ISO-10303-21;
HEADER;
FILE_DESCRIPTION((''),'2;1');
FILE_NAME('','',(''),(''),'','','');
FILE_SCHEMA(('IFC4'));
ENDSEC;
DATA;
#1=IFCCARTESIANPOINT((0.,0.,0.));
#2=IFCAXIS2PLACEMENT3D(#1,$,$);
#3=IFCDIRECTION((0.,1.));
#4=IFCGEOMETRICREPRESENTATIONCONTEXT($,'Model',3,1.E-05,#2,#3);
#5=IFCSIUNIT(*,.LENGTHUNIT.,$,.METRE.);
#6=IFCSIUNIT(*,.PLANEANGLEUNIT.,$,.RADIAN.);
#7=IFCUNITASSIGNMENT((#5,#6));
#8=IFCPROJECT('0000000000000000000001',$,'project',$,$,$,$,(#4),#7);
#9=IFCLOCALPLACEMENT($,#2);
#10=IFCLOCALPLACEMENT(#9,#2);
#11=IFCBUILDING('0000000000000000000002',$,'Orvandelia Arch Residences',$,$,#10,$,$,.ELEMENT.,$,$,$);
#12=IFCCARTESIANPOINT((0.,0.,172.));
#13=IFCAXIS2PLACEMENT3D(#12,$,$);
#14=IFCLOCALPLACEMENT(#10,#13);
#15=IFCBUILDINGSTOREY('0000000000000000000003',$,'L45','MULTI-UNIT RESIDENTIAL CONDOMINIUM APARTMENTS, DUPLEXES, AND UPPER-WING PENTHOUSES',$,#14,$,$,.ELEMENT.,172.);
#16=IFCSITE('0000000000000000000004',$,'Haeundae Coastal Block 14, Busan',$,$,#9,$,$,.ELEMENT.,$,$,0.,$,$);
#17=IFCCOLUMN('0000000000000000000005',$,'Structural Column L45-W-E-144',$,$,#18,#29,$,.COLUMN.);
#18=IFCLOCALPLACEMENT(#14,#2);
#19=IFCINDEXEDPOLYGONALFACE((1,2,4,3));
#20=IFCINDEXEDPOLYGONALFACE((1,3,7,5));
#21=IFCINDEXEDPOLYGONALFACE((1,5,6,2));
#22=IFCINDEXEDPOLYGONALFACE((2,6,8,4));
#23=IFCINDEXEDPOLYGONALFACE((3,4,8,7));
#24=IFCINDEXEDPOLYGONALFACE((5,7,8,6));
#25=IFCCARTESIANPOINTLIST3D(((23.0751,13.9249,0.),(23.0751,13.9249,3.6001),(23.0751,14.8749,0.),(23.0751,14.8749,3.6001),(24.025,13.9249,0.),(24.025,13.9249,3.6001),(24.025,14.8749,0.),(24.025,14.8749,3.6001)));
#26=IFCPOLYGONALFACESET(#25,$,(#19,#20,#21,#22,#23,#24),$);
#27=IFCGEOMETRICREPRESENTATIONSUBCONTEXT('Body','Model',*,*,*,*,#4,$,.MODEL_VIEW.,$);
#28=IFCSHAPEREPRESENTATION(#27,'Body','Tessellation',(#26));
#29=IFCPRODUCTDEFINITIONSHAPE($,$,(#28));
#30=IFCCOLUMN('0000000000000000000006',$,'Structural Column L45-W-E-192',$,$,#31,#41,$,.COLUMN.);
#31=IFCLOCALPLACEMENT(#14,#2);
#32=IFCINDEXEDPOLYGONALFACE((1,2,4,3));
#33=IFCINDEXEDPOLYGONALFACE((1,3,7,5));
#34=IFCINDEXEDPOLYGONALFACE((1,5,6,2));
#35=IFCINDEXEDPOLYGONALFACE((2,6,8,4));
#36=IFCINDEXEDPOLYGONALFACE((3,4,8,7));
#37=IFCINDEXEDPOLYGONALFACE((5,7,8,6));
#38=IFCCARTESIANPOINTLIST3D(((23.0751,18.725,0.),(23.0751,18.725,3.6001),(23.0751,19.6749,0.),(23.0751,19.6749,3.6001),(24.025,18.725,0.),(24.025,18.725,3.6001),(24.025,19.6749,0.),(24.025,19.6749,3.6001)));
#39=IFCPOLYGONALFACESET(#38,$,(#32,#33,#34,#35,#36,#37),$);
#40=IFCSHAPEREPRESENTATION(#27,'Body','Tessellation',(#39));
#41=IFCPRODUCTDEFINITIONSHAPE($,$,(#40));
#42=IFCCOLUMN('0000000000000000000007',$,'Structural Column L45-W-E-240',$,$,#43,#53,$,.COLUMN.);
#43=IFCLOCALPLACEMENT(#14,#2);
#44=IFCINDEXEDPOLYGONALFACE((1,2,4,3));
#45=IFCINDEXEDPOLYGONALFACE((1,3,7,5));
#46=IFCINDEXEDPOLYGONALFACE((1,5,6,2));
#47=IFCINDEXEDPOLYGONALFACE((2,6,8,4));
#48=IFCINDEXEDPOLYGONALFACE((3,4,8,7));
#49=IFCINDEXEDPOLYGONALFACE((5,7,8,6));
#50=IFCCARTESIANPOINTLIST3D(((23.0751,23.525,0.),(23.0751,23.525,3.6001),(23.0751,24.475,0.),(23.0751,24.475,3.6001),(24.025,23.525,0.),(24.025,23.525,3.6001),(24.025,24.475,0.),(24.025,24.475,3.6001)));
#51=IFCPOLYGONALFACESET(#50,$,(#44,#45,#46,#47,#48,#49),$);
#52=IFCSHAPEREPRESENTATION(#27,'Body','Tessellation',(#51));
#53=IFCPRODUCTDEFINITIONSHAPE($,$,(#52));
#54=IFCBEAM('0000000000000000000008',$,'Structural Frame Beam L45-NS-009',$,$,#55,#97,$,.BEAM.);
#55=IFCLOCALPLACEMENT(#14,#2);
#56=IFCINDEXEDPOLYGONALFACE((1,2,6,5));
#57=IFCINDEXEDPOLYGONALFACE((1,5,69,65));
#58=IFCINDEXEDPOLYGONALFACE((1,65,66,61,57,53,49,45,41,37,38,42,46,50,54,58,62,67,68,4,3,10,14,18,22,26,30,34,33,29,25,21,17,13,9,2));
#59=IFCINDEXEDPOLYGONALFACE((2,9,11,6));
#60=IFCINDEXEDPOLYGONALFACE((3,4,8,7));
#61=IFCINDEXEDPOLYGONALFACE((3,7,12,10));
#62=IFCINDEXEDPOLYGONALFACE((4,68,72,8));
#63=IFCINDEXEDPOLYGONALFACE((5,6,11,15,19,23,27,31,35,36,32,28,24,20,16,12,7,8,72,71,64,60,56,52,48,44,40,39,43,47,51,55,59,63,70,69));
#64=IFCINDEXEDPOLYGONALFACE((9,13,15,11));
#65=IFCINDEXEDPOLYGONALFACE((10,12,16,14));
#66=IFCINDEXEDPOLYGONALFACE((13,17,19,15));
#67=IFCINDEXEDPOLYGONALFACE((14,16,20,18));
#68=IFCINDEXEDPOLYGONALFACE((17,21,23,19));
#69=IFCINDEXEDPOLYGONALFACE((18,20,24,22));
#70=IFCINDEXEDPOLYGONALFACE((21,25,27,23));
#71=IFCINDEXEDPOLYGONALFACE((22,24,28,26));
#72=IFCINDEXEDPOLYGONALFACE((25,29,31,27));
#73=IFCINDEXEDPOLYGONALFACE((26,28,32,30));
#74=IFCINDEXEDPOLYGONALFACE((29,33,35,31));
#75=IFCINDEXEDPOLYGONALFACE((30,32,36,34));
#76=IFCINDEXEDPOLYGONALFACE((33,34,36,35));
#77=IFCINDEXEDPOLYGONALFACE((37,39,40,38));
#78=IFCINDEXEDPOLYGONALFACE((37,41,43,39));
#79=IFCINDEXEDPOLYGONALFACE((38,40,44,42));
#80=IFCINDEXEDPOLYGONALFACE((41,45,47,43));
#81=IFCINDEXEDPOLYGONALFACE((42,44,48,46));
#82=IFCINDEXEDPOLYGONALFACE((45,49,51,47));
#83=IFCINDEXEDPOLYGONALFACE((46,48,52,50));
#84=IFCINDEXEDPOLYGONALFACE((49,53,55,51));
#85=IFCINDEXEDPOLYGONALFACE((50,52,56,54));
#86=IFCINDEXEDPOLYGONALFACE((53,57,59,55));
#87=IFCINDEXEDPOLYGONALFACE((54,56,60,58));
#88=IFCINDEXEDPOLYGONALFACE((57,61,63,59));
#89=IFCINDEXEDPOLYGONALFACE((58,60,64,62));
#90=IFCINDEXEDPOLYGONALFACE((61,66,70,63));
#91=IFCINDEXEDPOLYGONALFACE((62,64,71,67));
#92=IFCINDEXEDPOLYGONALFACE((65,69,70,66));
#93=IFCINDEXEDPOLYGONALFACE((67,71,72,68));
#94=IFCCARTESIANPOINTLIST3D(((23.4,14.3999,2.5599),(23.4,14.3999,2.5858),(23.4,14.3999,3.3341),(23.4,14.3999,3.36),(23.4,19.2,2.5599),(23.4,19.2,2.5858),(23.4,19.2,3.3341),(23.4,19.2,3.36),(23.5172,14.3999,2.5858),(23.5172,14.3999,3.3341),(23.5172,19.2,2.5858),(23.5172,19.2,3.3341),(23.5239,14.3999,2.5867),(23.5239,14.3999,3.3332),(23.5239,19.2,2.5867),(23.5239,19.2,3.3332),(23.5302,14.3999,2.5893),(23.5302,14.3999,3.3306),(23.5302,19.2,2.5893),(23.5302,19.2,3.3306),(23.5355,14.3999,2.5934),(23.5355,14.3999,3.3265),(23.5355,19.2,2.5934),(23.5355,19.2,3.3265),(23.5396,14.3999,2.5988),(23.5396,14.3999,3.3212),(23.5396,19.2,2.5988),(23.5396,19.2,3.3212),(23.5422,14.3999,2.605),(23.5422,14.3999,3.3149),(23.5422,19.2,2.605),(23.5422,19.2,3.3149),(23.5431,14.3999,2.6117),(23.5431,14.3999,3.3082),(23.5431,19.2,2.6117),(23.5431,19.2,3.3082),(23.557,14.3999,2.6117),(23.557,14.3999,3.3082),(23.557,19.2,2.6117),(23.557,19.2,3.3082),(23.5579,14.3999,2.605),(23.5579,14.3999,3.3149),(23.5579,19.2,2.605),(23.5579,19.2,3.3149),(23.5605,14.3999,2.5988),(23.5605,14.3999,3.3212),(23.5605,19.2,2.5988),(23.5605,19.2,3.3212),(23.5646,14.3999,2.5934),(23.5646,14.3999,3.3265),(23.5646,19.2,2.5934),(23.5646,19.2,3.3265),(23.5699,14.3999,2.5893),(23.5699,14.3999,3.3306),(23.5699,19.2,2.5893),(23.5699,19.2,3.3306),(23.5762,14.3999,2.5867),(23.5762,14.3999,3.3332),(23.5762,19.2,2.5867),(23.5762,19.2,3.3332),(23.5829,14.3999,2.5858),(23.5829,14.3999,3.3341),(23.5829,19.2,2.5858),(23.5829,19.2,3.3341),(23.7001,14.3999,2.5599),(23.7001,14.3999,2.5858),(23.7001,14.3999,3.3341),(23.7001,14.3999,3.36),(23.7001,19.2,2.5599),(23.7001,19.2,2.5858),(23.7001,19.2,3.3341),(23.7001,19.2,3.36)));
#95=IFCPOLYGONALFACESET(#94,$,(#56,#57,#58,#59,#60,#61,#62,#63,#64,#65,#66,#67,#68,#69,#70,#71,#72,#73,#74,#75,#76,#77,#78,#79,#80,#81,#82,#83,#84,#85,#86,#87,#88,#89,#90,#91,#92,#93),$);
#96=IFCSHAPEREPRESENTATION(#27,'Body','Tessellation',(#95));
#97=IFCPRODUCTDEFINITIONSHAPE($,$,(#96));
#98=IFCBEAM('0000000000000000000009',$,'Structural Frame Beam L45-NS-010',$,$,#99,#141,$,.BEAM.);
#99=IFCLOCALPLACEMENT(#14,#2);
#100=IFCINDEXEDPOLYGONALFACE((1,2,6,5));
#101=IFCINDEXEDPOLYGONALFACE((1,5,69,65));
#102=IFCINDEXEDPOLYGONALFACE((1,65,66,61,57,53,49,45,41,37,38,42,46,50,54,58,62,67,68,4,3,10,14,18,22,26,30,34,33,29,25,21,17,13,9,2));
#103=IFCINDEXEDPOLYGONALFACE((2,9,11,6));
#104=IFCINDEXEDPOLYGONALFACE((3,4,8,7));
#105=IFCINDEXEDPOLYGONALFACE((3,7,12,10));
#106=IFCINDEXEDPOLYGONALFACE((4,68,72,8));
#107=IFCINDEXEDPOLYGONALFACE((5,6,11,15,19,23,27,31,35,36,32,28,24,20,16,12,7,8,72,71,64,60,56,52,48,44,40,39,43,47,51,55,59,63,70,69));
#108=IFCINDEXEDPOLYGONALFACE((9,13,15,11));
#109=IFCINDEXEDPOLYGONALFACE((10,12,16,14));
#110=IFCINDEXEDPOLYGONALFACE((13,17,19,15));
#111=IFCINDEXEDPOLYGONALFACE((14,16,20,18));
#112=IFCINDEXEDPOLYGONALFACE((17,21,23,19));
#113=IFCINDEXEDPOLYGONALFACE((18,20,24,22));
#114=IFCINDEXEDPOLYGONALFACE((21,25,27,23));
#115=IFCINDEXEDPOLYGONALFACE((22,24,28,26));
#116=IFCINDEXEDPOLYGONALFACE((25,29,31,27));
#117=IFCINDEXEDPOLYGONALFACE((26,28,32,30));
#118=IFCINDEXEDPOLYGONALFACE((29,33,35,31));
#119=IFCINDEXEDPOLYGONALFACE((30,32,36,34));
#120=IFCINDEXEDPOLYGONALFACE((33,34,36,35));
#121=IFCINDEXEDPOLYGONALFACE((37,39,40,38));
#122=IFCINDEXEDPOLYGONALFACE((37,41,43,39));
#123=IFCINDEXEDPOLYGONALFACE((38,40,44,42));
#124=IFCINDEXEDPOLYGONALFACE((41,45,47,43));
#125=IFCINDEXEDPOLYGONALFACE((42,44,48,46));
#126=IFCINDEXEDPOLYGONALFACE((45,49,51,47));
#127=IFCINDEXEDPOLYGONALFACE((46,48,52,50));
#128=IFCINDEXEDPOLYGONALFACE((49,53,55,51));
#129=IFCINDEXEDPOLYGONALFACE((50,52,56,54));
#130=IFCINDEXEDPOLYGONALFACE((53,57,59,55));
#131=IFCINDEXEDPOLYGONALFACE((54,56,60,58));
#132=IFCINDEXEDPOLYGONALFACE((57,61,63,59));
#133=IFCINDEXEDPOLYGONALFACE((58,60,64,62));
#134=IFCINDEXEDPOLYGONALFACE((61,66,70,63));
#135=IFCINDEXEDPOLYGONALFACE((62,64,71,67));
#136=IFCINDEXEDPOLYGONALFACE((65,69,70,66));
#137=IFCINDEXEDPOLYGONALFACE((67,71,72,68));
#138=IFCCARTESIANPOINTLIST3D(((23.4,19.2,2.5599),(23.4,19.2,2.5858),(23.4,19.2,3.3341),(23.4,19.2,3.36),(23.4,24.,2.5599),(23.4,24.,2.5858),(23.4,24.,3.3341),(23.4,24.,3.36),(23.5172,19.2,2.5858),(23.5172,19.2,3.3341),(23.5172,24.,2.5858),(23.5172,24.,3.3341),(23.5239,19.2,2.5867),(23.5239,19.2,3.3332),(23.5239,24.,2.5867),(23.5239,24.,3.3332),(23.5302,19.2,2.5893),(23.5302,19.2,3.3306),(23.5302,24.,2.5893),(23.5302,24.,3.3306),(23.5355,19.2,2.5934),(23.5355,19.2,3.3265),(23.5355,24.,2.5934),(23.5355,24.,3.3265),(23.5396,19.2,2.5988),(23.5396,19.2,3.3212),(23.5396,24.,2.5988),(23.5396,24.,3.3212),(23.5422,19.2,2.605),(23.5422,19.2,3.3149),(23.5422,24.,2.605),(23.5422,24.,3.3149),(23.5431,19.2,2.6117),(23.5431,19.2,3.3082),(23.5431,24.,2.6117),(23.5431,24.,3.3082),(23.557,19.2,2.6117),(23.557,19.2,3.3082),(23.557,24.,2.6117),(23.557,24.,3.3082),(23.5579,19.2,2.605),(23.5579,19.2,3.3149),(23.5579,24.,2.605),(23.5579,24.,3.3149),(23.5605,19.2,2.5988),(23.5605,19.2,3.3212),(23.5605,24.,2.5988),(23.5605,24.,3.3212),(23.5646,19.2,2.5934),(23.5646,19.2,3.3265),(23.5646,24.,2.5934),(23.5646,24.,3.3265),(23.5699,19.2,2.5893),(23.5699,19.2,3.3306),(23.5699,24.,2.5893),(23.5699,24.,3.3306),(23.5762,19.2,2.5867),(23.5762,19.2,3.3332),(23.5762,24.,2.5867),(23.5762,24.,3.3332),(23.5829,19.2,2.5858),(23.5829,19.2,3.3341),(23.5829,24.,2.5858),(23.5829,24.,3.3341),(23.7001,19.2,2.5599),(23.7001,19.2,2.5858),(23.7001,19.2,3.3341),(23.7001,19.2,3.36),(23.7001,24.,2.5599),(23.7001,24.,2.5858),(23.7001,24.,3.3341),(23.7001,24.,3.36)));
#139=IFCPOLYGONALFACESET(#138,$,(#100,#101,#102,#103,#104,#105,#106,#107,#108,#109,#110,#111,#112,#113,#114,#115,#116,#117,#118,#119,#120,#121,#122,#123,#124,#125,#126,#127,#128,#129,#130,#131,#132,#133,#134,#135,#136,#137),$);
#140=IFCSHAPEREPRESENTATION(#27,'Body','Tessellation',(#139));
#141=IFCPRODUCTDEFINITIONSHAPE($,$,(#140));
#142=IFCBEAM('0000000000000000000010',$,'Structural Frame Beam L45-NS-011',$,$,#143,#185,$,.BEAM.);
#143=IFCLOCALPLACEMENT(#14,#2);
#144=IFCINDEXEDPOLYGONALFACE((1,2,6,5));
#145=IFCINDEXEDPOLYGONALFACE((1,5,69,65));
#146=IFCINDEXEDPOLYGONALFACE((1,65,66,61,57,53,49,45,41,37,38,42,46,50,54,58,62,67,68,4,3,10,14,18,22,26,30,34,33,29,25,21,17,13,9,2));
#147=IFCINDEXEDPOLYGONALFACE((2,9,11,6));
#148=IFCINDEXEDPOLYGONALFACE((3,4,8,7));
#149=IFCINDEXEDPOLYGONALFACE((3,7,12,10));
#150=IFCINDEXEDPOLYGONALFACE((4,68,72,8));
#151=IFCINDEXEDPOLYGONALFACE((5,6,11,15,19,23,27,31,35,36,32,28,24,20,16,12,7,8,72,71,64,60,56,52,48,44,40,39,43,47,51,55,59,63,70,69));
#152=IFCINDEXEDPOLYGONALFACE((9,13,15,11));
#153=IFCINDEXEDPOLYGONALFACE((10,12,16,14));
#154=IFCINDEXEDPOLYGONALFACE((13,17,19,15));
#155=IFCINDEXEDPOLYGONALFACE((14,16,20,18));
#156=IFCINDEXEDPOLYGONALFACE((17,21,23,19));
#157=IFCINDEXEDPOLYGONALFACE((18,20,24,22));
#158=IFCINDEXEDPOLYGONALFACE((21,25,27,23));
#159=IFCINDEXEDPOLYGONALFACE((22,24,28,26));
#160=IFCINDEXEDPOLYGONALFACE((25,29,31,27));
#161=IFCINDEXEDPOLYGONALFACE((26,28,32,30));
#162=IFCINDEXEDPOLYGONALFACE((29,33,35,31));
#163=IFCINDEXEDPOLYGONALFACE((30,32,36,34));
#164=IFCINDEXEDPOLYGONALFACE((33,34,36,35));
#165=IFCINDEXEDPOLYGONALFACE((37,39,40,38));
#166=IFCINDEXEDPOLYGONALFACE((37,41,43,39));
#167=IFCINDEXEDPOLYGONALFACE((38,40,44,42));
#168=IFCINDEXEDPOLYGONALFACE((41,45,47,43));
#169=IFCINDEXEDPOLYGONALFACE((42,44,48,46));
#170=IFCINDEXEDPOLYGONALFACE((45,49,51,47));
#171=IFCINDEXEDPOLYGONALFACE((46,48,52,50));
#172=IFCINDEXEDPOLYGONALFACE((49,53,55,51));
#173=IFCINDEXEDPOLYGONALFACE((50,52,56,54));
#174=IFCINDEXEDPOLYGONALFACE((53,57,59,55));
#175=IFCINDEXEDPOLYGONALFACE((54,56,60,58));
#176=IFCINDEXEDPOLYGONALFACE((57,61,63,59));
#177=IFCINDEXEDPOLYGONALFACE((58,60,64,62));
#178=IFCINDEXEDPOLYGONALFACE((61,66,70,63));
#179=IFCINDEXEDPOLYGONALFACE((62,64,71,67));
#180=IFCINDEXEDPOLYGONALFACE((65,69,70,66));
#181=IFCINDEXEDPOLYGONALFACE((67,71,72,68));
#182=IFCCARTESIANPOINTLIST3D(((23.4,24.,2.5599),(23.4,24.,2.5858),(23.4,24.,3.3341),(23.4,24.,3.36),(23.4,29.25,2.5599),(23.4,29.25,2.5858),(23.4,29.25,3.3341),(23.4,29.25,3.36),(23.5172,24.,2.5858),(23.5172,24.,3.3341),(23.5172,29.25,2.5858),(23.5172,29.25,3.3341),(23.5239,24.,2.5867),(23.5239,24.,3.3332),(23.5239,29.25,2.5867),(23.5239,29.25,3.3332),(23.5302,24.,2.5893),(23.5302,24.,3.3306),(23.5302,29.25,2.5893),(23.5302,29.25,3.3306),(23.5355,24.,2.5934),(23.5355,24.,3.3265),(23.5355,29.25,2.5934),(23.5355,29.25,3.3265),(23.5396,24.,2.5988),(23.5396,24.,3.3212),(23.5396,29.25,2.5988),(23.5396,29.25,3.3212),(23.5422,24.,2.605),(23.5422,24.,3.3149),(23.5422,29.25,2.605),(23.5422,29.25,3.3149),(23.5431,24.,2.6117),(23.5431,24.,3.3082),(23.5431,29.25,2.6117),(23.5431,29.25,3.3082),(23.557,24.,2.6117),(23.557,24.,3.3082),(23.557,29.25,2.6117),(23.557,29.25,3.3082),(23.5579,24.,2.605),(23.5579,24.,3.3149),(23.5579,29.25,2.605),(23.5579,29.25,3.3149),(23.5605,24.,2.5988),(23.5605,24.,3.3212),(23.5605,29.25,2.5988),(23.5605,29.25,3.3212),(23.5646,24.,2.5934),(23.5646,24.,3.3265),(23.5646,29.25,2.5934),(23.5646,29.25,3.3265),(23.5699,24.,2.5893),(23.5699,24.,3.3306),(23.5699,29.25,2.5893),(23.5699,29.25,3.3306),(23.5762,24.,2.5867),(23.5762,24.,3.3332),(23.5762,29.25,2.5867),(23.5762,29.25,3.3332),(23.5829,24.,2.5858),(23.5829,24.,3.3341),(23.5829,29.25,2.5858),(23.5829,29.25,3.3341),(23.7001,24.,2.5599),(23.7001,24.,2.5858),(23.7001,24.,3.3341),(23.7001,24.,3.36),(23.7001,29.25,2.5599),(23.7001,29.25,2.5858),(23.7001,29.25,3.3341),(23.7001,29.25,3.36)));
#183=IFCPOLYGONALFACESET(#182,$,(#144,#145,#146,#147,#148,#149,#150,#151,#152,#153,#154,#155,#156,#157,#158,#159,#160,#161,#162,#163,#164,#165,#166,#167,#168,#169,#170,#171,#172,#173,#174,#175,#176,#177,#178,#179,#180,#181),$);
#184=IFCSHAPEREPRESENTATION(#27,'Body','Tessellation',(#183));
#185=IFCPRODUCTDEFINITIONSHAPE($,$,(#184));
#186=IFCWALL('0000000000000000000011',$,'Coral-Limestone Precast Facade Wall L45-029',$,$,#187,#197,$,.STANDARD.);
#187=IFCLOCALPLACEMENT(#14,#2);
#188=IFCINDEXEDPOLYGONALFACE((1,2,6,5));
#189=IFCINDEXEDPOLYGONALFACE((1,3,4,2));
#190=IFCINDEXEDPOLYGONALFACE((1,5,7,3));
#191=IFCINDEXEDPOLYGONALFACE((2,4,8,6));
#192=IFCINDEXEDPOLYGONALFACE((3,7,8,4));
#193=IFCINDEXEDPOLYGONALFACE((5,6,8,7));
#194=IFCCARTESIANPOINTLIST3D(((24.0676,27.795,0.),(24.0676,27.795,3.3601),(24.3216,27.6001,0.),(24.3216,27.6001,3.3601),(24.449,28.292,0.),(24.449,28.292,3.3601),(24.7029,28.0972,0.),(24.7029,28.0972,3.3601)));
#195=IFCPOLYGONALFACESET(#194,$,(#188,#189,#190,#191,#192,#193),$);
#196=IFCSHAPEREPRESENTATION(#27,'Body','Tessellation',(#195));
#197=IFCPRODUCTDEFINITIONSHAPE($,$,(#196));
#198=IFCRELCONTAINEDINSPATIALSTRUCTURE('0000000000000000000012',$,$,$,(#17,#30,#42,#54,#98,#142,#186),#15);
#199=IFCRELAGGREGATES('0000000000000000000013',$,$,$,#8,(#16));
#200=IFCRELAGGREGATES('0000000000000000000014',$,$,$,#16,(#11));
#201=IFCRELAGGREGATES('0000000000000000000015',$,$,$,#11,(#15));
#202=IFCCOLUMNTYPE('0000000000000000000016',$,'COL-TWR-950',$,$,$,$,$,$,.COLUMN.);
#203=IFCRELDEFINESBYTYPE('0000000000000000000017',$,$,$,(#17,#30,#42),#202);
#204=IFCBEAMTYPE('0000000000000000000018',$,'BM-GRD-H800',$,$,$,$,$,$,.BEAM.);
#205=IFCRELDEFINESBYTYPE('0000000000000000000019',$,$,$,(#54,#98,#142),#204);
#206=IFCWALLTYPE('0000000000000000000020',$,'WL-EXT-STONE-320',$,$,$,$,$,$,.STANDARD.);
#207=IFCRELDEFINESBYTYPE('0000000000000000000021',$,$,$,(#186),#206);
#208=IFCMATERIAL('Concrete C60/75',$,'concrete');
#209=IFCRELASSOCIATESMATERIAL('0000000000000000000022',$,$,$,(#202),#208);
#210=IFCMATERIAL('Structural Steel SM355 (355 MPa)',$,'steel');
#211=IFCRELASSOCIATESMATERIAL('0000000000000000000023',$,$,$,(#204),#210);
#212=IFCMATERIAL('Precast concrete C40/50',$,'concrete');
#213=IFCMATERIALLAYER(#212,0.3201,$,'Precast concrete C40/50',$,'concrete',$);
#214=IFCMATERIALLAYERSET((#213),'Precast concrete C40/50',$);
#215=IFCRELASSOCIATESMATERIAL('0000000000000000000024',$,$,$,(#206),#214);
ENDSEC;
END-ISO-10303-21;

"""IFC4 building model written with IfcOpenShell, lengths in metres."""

from ifc_helpers import new_model, si_unit, direction, frame, frame_2d, origin, origin_2d, place, context, subcontext, project, spatial, rectangle, i_section, extrude, material, layer, layer_set, material_profile, profile_set, type_object, element, save


model = new_model("IFC4")

# Units and contexts
model_context = context("Model", 3, precision=1e-05, world=origin(), true_north=direction((0.0, 1.0)))
body_context = subcontext(model_context, "Body", "Model", "MODEL_VIEW")
ifc_project = project(units=[si_unit("LENGTHUNIT", "METRE"), si_unit("PLANEANGLEUNIT", "RADIAN")], contexts=[model_context])

# Site, building, storey
site_placement = place(None, origin())
site = spatial("IfcSite", under=ifc_project, at=site_placement, Name="Haeundae Coastal Block 14, Busan", CompositionType="ELEMENT", RefElevation=0.0)
building_placement = place(site_placement, origin())
building = spatial("IfcBuilding", under=site, at=building_placement, Name="Orvandelia Arch Residences", CompositionType="ELEMENT")
storey_placement = place(building_placement, frame((0.0, 0.0, 172.0)))
storey = spatial("IfcBuildingStorey", under=building, at=storey_placement, Name="L45", Description="MULTI-UNIT RESIDENTIAL CONDOMINIUM APARTMENTS, DUPLEXES, AND UPPER-WING PENTHOUSES", CompositionType="ELEMENT", Elevation=172.0)

# Columns
ifc_material_1 = material(Name="Concrete C60/75", Category="concrete")
ifc_material_profile_1 = material_profile(ifc_material_1, rectangle(XDim=0.95, YDim=0.95, at=origin_2d()), Name="Concrete C60/75", Category="concrete")
ifc_profile_set_1 = profile_set([ifc_material_profile_1], Name="Concrete C60/75")
column_type = type_object("IfcColumnType", Name="COL-TWR-950", PredefinedType="COLUMN", material=ifc_profile_set_1)
for number, where, z_axis, x_axis, name in (
    (1, (23.55, 14.3999, 0.0), (0.0, 0.0, 1.0), (1.0, 0.0, 0.0), "Structural Column L45-W-E-144"),
    (2, (23.55, 19.2, 0.0), (0.0, 0.0, 1.0), (1.0, 0.0, 0.0), "Structural Column L45-W-E-192"),
    (3, (23.55, 24.0, 0.0), (0.0, 0.0, 1.0), (1.0, 0.0, 0.0), "Structural Column L45-W-E-240"),
):
    element("IfcColumn", number, at=place(storey_placement, frame(where, z_axis=z_axis, x_axis=x_axis)), inside=storey, type_object=column_type, Name=name, PredefinedType="COLUMN", context=body_context, shape_type="SweptSolid", body=[
        extrude(rectangle(XDim=0.95, YDim=0.95, at=origin_2d()), origin(), (0.0, 0.0, 1.0), 3.6001),
    ])

# Beams
ifc_material_2 = material(Name="Structural Steel SM355 (355 MPa)", Category="steel")
ifc_material_profile_2 = material_profile(ifc_material_2, i_section(OverallWidth=0.3, OverallDepth=0.8, WebThickness=0.0139, FlangeThickness=0.0259, FilletRadius=0.0259, at=origin_2d()), Name="Structural Steel SM355 (355 MPa)", Category="steel")
ifc_profile_set_2 = profile_set([ifc_material_profile_2], Name="Structural Steel SM355 (355 MPa)")
beam_type = type_object("IfcBeamType", Name="BM-GRD-H800", PredefinedType="BEAM", material=ifc_profile_set_2)
for number, where, z_axis, x_axis, name in (
    (4, (23.55, 14.3999, 2.96), (0.0, 1.0, 0.0), (-1.0, 0.0, 0.0), "Structural Frame Beam L45-NS-009"),
    (5, (23.55, 19.2, 2.96), (0.0, 1.0, 0.0), (-1.0, 0.0, 0.0), "Structural Frame Beam L45-NS-010"),
):
    element("IfcBeam", number, at=place(storey_placement, frame(where, z_axis=z_axis, x_axis=x_axis)), inside=storey, type_object=beam_type, Name=name, PredefinedType="BEAM", context=body_context, shape_type="SweptSolid", body=[
        extrude(i_section(OverallWidth=0.3, OverallDepth=0.8, WebThickness=0.0139, FlangeThickness=0.0259, FilletRadius=0.0259, at=origin_2d()), origin(), (0.0, 0.0, 1.0), 4.8),
    ])
beam_placement = place(storey_placement, frame((23.55, 24.0, 2.96), z_axis=(0.0, 1.0, 0.0), x_axis=(-1.0, 0.0, 0.0)))
element("IfcBeam", 6, at=beam_placement, inside=storey, type_object=beam_type, Name="Structural Frame Beam L45-NS-011", PredefinedType="BEAM", context=body_context, shape_type="SweptSolid", body=[
    extrude(i_section(OverallWidth=0.3, OverallDepth=0.8, WebThickness=0.0139, FlangeThickness=0.0259, FilletRadius=0.0259, at=origin_2d()), origin(), (0.0, 0.0, 1.0), 5.25),
])

# Wall
ifc_material_3 = material(Name="Precast concrete C40/50", Category="concrete")
ifc_layer = layer(ifc_material_3, 0.3201, Name="Precast concrete C40/50", Category="concrete")
ifc_layer_set = layer_set([ifc_layer], Name="Precast concrete C40/50")
wall_type = type_object("IfcWallType", Name="WL-EXT-STONE-320", PredefinedType="STANDARD", material=ifc_layer_set)
wall_1_placement = place(storey_placement, frame((24.5759, 28.1946, 0.0), z_axis=(0.0, 0.0, 1.0), x_axis=(-0.608693, -0.793406, 0.0)))
element("IfcWall", 7, at=wall_1_placement, inside=storey, type_object=wall_type, Name="Coral-Limestone Precast Facade Wall L45-029", PredefinedType="STANDARD", context=body_context, shape_type="SweptSolid", body=[
    extrude(rectangle(XDim=0.6265, YDim=0.3201, at=frame_2d((0.3132, 0.0))), origin(), (0.0, 0.0, 1.0), 3.3601),
])

save(model, "model.ifc")
